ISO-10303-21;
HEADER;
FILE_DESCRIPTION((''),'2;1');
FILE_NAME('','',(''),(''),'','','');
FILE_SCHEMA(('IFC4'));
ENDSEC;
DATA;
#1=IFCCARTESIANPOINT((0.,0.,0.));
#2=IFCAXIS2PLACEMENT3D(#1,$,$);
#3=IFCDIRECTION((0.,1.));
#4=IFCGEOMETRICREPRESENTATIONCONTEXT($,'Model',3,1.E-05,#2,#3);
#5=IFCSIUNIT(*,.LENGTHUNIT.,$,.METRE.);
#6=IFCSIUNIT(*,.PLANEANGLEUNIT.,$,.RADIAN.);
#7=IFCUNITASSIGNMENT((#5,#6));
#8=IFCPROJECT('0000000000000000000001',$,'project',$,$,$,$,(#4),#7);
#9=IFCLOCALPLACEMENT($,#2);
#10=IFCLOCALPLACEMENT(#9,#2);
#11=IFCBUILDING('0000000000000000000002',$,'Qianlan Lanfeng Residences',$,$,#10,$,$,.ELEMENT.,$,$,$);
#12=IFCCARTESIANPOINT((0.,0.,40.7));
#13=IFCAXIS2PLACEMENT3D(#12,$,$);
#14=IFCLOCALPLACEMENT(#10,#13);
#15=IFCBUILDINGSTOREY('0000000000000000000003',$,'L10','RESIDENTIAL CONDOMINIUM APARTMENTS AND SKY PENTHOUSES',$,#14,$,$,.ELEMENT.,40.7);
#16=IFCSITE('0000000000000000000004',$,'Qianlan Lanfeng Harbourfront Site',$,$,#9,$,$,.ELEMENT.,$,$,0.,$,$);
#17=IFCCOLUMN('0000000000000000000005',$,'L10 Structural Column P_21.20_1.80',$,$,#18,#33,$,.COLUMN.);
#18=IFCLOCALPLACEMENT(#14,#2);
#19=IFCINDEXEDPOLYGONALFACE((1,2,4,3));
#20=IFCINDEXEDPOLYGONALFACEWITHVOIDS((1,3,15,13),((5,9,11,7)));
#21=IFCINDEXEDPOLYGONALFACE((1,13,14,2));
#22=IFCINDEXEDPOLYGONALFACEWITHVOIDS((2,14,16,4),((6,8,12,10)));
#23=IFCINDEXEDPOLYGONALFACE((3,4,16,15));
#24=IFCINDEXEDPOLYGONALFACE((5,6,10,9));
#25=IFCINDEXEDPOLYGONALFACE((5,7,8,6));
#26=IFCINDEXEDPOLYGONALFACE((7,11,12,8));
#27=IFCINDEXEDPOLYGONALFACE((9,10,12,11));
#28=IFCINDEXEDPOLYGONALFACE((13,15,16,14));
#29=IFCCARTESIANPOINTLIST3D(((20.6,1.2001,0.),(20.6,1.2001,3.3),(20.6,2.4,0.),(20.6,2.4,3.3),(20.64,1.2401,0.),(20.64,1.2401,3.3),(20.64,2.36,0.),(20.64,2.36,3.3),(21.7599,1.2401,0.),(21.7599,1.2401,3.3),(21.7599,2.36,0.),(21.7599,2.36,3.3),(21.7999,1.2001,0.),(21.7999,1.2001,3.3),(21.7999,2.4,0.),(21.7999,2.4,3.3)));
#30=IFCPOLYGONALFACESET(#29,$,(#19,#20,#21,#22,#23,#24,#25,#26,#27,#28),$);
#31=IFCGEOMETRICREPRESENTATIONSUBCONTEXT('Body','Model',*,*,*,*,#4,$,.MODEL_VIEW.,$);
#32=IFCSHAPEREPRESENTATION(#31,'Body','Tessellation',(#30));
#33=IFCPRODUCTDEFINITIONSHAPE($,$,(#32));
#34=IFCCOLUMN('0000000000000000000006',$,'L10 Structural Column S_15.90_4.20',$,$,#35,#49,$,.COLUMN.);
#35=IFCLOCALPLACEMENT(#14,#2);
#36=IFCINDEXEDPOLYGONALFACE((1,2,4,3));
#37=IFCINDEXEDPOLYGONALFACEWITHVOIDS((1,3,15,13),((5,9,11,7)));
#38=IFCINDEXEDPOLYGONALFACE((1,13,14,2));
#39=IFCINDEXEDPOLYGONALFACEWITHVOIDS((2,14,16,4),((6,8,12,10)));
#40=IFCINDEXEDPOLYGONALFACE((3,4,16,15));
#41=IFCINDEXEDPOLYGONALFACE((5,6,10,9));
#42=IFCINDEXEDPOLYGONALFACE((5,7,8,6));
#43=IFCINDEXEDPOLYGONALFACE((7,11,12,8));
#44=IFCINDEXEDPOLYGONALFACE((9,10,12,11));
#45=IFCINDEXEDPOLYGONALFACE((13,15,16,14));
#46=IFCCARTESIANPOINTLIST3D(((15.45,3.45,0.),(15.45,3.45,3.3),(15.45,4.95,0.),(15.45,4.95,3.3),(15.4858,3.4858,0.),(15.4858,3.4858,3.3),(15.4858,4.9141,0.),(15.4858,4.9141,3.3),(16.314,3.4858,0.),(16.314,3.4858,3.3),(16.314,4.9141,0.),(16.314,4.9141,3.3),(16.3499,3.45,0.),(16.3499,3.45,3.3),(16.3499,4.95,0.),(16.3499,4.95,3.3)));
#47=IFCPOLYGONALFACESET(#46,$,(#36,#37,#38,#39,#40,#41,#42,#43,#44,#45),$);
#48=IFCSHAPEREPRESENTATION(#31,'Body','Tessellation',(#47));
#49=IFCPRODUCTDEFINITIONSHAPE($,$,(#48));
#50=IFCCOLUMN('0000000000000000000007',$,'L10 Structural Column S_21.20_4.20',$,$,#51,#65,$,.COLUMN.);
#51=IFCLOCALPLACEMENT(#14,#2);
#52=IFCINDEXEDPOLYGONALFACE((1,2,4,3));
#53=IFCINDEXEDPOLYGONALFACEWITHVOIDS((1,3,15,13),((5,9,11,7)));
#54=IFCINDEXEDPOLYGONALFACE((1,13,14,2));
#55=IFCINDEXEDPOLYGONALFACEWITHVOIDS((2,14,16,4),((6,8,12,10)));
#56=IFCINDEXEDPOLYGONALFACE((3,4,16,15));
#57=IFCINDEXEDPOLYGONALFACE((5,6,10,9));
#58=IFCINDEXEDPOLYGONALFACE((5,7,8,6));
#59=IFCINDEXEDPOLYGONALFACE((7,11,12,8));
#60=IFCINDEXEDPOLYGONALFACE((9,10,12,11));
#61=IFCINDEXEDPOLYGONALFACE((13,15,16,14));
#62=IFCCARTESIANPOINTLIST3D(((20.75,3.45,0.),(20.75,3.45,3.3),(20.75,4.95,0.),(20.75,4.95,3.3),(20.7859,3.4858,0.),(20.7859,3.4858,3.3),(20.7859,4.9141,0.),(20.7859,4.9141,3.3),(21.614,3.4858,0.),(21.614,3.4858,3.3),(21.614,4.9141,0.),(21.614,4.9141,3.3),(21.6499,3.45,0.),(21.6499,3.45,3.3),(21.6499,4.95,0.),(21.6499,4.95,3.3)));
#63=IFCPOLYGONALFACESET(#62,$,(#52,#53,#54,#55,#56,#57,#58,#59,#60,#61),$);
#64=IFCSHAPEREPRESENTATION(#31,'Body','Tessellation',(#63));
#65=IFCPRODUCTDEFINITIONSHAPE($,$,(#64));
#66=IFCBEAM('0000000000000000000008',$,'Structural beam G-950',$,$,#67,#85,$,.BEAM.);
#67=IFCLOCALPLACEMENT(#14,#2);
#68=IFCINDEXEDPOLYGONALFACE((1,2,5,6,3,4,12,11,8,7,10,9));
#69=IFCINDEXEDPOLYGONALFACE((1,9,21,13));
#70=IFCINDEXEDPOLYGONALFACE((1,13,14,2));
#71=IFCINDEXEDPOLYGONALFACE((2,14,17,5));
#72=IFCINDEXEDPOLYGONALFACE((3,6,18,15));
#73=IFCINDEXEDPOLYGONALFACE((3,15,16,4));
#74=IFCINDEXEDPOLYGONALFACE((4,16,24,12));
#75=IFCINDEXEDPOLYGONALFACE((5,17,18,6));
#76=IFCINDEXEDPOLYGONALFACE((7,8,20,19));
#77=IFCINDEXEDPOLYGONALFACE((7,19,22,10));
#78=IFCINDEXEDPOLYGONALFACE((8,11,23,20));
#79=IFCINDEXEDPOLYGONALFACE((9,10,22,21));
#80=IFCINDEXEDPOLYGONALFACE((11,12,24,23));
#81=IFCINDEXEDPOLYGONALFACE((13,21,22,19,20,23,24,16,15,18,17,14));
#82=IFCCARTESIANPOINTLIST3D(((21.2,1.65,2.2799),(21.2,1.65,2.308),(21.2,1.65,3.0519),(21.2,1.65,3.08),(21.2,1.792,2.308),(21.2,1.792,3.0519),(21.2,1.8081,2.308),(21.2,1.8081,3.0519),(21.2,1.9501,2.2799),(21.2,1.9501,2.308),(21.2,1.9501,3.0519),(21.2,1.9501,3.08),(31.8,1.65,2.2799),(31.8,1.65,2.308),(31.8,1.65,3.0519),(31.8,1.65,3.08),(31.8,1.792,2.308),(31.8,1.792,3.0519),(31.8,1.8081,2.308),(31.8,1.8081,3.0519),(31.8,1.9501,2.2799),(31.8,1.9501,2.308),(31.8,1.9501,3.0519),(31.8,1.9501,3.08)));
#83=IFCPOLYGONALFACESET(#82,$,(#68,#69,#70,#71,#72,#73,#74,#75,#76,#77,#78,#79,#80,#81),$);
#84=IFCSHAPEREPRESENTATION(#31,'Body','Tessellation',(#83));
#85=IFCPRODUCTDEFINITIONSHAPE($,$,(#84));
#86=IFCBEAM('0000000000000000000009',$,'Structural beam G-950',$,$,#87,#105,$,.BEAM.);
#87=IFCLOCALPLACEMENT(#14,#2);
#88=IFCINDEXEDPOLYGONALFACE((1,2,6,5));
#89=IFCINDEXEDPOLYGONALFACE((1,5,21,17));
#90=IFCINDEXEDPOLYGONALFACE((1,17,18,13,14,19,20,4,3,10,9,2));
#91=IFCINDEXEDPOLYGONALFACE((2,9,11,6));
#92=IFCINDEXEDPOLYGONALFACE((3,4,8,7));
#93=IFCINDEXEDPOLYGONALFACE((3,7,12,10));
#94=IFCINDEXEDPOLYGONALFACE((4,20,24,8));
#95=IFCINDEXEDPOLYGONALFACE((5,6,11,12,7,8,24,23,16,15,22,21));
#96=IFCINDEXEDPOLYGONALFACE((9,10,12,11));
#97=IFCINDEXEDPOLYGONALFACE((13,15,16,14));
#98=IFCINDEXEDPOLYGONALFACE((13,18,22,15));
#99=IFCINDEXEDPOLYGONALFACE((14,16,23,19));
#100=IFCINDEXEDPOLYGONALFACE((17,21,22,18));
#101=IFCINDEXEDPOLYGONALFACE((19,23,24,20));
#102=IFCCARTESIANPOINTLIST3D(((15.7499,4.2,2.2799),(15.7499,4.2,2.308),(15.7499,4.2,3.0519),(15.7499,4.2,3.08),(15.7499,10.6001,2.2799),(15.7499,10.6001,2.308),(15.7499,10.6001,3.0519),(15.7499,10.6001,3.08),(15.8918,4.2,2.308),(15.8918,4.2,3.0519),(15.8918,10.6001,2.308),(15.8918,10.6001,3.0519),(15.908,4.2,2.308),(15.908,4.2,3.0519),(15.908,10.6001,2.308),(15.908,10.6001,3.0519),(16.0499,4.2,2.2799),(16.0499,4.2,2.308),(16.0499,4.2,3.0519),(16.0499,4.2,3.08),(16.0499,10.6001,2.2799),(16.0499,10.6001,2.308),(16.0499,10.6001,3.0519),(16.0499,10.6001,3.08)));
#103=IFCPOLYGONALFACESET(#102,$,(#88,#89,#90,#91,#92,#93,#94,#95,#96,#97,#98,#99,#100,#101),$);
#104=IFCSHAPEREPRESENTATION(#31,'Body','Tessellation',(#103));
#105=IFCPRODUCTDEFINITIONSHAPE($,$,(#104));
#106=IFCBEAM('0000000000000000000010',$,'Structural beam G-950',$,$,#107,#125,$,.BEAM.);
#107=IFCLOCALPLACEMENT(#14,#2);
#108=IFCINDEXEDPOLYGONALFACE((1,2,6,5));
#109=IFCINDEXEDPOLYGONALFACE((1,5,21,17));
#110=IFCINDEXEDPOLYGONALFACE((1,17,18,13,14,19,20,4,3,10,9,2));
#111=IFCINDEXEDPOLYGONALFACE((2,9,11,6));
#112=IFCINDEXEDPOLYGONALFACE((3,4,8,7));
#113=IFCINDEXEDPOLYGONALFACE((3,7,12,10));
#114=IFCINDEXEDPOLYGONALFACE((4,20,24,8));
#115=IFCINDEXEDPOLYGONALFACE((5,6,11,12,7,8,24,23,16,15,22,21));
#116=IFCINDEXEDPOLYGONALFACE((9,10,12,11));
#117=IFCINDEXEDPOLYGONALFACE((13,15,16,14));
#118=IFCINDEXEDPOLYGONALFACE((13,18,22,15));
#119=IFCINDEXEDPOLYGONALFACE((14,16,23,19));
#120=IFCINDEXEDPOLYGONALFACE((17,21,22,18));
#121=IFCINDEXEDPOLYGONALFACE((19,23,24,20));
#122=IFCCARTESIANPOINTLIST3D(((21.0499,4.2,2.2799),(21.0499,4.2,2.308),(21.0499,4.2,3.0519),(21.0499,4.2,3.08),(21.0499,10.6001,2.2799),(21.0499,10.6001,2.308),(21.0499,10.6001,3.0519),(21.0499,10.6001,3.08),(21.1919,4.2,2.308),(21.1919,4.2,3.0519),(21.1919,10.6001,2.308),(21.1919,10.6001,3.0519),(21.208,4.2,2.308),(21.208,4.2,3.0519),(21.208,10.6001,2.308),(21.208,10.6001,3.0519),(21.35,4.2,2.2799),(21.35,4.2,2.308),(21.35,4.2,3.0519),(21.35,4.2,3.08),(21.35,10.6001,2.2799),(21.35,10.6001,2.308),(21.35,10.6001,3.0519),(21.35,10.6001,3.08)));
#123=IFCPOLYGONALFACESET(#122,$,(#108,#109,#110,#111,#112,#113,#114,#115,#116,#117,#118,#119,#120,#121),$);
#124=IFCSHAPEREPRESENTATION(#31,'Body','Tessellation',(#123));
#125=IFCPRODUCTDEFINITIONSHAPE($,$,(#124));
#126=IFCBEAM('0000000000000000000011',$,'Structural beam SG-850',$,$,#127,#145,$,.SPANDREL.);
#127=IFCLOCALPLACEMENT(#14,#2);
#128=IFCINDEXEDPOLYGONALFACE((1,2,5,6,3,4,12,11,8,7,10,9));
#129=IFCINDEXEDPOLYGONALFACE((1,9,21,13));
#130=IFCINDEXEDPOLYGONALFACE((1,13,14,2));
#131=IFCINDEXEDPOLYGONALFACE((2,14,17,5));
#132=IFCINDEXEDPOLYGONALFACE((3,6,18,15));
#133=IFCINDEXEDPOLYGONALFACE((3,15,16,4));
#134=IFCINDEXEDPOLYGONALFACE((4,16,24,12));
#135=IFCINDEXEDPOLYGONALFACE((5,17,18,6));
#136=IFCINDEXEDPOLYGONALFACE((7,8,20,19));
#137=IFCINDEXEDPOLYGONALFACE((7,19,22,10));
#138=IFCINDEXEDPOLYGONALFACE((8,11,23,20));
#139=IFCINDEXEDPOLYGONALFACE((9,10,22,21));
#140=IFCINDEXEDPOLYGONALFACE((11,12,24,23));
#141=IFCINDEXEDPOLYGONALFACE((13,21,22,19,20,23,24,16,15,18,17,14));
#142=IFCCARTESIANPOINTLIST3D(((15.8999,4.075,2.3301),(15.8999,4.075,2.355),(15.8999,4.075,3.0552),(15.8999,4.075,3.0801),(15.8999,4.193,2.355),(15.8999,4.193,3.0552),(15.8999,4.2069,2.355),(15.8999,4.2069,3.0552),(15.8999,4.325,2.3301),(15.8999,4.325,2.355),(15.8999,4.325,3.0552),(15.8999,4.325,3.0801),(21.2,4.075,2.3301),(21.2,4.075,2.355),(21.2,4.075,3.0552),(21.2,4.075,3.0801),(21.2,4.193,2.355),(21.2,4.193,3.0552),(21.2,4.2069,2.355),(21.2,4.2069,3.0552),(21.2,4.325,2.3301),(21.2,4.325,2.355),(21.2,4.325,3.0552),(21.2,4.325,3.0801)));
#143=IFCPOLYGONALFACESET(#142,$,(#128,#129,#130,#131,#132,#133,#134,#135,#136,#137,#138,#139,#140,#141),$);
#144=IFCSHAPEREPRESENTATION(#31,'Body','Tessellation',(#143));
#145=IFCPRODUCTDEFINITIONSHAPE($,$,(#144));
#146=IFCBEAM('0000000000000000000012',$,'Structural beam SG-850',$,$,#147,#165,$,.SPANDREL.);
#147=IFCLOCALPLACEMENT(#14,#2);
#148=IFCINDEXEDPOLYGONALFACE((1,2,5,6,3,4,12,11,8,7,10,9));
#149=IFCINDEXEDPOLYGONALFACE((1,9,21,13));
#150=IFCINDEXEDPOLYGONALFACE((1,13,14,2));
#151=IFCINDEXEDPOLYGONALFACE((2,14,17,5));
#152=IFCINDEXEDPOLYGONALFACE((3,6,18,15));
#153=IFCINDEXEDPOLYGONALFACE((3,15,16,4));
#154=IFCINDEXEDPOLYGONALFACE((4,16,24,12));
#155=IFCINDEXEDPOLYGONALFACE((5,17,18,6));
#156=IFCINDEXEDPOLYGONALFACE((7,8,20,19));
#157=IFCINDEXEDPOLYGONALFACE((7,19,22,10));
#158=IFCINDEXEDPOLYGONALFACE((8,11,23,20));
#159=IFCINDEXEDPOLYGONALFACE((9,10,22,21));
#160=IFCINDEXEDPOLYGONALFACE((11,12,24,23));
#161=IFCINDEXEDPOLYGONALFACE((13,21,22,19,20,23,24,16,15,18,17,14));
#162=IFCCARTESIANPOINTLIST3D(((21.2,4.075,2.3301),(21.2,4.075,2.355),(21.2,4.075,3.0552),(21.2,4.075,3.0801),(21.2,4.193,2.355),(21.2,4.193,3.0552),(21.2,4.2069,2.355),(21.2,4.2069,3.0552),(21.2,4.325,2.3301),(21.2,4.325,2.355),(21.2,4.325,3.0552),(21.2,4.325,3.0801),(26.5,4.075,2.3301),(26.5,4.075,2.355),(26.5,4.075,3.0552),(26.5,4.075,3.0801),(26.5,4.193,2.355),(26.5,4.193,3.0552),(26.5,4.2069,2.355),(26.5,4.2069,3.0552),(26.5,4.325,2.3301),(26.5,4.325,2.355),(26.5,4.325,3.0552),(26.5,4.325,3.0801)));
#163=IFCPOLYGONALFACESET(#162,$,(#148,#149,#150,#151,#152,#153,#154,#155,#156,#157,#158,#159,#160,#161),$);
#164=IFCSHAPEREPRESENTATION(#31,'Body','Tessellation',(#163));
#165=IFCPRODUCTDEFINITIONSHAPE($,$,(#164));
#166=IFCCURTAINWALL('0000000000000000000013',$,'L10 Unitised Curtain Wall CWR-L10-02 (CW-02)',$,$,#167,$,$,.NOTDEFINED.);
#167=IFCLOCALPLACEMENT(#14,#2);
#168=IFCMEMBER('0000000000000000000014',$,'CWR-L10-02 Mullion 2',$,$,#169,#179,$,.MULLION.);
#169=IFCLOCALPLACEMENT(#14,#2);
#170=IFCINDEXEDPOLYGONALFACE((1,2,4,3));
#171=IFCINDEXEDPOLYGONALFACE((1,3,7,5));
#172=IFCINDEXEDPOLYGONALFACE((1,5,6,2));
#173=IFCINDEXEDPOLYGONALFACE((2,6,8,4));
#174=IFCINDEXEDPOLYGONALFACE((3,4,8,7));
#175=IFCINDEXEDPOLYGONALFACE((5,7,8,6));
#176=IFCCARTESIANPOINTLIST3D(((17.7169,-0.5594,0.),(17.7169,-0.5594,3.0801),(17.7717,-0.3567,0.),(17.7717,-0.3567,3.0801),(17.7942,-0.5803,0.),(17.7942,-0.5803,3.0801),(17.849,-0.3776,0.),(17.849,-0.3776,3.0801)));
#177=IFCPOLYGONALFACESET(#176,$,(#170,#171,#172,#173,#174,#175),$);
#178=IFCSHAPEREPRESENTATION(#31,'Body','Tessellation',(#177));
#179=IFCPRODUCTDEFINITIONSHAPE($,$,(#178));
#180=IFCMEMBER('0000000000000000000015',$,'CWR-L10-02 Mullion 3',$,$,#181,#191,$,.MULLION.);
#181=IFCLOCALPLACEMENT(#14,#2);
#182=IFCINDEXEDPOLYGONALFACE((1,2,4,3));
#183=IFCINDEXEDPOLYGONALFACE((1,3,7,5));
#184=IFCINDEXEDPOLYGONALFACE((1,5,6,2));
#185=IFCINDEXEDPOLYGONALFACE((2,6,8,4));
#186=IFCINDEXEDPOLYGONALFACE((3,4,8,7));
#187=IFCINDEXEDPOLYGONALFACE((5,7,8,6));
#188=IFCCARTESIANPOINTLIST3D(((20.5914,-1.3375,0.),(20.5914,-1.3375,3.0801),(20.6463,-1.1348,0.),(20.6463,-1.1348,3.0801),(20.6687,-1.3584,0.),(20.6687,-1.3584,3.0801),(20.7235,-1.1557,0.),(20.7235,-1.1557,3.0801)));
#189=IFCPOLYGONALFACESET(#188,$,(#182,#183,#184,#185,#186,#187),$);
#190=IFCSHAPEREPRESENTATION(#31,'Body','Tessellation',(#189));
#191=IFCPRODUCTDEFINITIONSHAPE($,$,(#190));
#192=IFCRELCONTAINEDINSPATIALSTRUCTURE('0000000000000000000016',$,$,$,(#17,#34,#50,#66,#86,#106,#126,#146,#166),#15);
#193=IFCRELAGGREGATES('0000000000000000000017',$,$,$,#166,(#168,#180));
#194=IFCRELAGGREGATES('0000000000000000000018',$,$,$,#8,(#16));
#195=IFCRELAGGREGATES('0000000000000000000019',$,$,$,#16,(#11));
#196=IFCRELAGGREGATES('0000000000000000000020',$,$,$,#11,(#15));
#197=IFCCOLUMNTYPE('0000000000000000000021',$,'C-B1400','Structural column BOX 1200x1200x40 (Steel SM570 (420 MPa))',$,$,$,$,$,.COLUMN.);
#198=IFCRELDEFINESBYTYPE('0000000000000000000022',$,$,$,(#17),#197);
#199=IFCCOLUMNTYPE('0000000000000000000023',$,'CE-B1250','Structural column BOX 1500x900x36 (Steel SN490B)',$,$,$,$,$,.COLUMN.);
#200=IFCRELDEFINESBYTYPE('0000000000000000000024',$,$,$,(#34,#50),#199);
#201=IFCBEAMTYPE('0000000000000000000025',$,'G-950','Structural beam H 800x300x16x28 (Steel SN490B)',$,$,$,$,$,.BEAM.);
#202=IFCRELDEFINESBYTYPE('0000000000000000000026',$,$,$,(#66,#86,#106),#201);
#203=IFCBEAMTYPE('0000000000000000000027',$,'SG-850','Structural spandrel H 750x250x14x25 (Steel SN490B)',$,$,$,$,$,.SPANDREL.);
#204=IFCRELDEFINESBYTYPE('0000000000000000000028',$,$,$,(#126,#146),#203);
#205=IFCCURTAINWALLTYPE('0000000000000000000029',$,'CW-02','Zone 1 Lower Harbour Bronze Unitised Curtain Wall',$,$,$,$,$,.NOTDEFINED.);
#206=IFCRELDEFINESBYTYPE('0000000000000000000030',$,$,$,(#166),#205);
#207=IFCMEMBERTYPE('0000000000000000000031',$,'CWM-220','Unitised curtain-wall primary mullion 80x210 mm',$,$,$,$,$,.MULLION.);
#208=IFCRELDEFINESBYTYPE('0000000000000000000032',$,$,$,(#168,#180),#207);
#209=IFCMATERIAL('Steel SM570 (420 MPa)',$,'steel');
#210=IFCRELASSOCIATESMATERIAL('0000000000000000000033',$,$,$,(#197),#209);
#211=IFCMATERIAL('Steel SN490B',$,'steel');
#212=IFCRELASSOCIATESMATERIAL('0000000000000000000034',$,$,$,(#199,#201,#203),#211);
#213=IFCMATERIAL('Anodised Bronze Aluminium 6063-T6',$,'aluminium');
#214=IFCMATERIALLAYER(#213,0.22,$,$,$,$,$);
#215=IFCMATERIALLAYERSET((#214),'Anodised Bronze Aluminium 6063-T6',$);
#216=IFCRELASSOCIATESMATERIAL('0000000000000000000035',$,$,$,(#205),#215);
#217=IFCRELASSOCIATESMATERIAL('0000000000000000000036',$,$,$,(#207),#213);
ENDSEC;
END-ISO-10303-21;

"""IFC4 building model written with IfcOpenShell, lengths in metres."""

from ifc_helpers import new_model, si_unit, direction, frame, origin, origin_2d, place, context, subcontext, project, spatial, rectangle, hollow_rectangle, i_section, extrude, source, transform, mapped, material, layer, layer_set, material_profile, profile_set, type_object, element, aggregate, save


model = new_model("IFC4")

# Units and contexts
model_context = context("Model", 3, precision=1e-05, world=origin(), true_north=direction((0.0, 1.0)))
body_context = subcontext(model_context, "Body", "Model", "MODEL_VIEW")
ifc_project = project(units=[si_unit("LENGTHUNIT", "METRE"), si_unit("PLANEANGLEUNIT", "RADIAN")], contexts=[model_context])

# Site, building, storey
site_placement = place(None, origin())
site = spatial("IfcSite", under=ifc_project, at=site_placement, Name="Qianlan Lanfeng Harbourfront Site", CompositionType="ELEMENT", RefElevation=0.0)
building_placement = place(site_placement, origin())
building = spatial("IfcBuilding", under=site, at=building_placement, Name="Qianlan Lanfeng Residences", CompositionType="ELEMENT")
storey_placement = place(building_placement, frame((0.0, 0.0, 40.7)))
storey = spatial("IfcBuildingStorey", under=building, at=storey_placement, Name="L10", Description="RESIDENTIAL CONDOMINIUM APARTMENTS AND SKY PENTHOUSES", CompositionType="ELEMENT", Elevation=40.7)

# Columns
ifc_material_1 = material(Name="Steel SM570 (420 MPa)", Category="steel")
ifc_material_profile_1 = material_profile(ifc_material_1, hollow_rectangle(XDim=1.2, YDim=1.2, WallThickness=0.04, at=origin_2d()), Name="BOX 1200x1200x40")
ifc_profile_set_1 = profile_set([ifc_material_profile_1], Name="Steel SM570 (420 MPa)")
column_type_1 = type_object("IfcColumnType", Name="C-B1400", Description="Structural column BOX 1200x1200x40 (Steel SM570 (420 MPa))", PredefinedType="COLUMN", material=ifc_profile_set_1)
column_placement = place(storey_placement, frame((21.2, 1.8, 0.0), z_axis=(0.0, 0.0, 1.0), x_axis=(1.0, 0.0, 0.0)))
element("IfcColumn", 1, at=column_placement, inside=storey, type_object=column_type_1, Name="L10 Structural Column P_21.20_1.80", PredefinedType="COLUMN", context=body_context, shape_type="SweptSolid", body=[
    extrude(hollow_rectangle(XDim=1.2, YDim=1.2, WallThickness=0.04, at=origin_2d()), origin(), (0.0, 0.0, 1.0), 3.3),
])
ifc_material_2 = material(Name="Steel SN490B", Category="steel")
ifc_material_profile_2 = material_profile(ifc_material_2, hollow_rectangle(XDim=0.8999, YDim=1.5, WallThickness=0.0359, at=origin_2d()), Name="BOX 1500x900x36")
ifc_profile_set_2 = profile_set([ifc_material_profile_2], Name="Steel SN490B")
column_type_2 = type_object("IfcColumnType", Name="CE-B1250", Description="Structural column BOX 1500x900x36 (Steel SN490B)", PredefinedType="COLUMN", material=ifc_profile_set_2)
for number, where, z_axis, x_axis, name in (
    (2, (15.8999, 4.2, 0.0), (0.0, 0.0, 1.0), (1.0, 0.0, 0.0), "L10 Structural Column S_15.90_4.20"),
    (3, (21.2, 4.2, 0.0), (0.0, 0.0, 1.0), (1.0, 0.0, 0.0), "L10 Structural Column S_21.20_4.20"),
):
    element("IfcColumn", number, at=place(storey_placement, frame(where, z_axis=z_axis, x_axis=x_axis)), inside=storey, type_object=column_type_2, Name=name, PredefinedType="COLUMN", context=body_context, shape_type="SweptSolid", body=[
        extrude(hollow_rectangle(XDim=0.8999, YDim=1.5, WallThickness=0.0359, at=origin_2d()), origin(), (0.0, 0.0, 1.0), 3.3),
    ])

# Beams
ifc_material_profile_3 = material_profile(ifc_material_2, i_section(OverallWidth=0.3, OverallDepth=0.8, WebThickness=0.0161, FlangeThickness=0.0281, at=origin_2d()), Name="H 800x300x16x28")
ifc_profile_set_3 = profile_set([ifc_material_profile_3], Name="Steel SN490B")
beam_type_1 = type_object("IfcBeamType", Name="G-950", Description="Structural beam H 800x300x16x28 (Steel SN490B)", PredefinedType="BEAM", material=ifc_profile_set_3)
beam_placement = place(storey_placement, frame((21.2, 1.8, 2.6799), z_axis=(1.0, 0.0, 0.0), x_axis=(0.0, 1.0, 0.0)))
element("IfcBeam", 4, at=beam_placement, inside=storey, type_object=beam_type_1, Name="Structural beam G-950", PredefinedType="BEAM", context=body_context, shape_type="SweptSolid", body=[
    extrude(i_section(OverallWidth=0.3, OverallDepth=0.8, WebThickness=0.0161, FlangeThickness=0.0281, at=origin_2d()), origin(), (0.0, 0.0, 1.0), 10.6001),
])
for number, where, z_axis, x_axis, name in (
    (5, (15.8999, 4.2, 2.6799), (0.0, 1.0, 0.0), (-1.0, 0.0, 0.0), "Structural beam G-950"),
    (6, (21.2, 4.2, 2.6799), (0.0, 1.0, 0.0), (-1.0, 0.0, 0.0), "Structural beam G-950"),
):
    element("IfcBeam", number, at=place(storey_placement, frame(where, z_axis=z_axis, x_axis=x_axis)), inside=storey, type_object=beam_type_1, Name=name, PredefinedType="BEAM", context=body_context, shape_type="SweptSolid", body=[
        extrude(i_section(OverallWidth=0.3, OverallDepth=0.8, WebThickness=0.0161, FlangeThickness=0.0281, at=origin_2d()), origin(), (0.0, 0.0, 1.0), 6.4001),
    ])
ifc_material_profile_4 = material_profile(ifc_material_2, i_section(OverallWidth=0.25, OverallDepth=0.75, WebThickness=0.0139, FlangeThickness=0.0249, at=origin_2d()), Name="H 750x250x14x25")
ifc_profile_set_4 = profile_set([ifc_material_profile_4], Name="Steel SN490B")
beam_type_2 = type_object("IfcBeamType", Name="SG-850", Description="Structural spandrel H 750x250x14x25 (Steel SN490B)", PredefinedType="SPANDREL", material=ifc_profile_set_4)
for number, where, z_axis, x_axis, name in (
    (7, (15.8999, 4.2, 2.7051), (1.0, 0.0, 0.0), (0.0, 1.0, 0.0), "Structural beam SG-850"),
    (8, (21.2, 4.2, 2.7051), (1.0, 0.0, 0.0), (0.0, 1.0, 0.0), "Structural beam SG-850"),
):
    element("IfcBeam", number, at=place(storey_placement, frame(where, z_axis=z_axis, x_axis=x_axis)), inside=storey, type_object=beam_type_2, Name=name, PredefinedType="SPANDREL", context=body_context, shape_type="SweptSolid", body=[
        extrude(i_section(OverallWidth=0.25, OverallDepth=0.75, WebThickness=0.0139, FlangeThickness=0.0249, at=origin_2d()), origin(), (0.0, 0.0, 1.0), 5.3),
    ])

# Curtain wall, members
ifc_material_3 = material(Name="Anodised Bronze Aluminium 6063-T6", Category="aluminium")
ifc_layer_1 = layer(ifc_material_3, 0.22)
ifc_layer_set_1 = layer_set([ifc_layer_1], Name="Anodised Bronze Aluminium 6063-T6")
curtain_wall_type = type_object("IfcCurtainWallType", Name="CW-02", Description="Zone 1 Lower Harbour Bronze Unitised Curtain Wall", PredefinedType="NOTDEFINED", material=ifc_layer_set_1)
curtain_wall_1_placement = place(storey_placement, origin())
curtain_wall_1 = element("IfcCurtainWall", 9, at=curtain_wall_1_placement, inside=storey, type_object=curtain_wall_type, Name="L10 Unitised Curtain Wall CWR-L10-02 (CW-02)", PredefinedType="NOTDEFINED")
ifc_material_profile_5 = material_profile(ifc_material_3, rectangle(XDim=0.0801, YDim=0.21, at=origin_2d()), Name="ALU MULLION 80x210")
ifc_profile_set_5 = profile_set([ifc_material_profile_5], Name="Anodised Bronze Aluminium 6063-T6")
member_type_1 = type_object("IfcMemberType", Name="CWM-220", Description="Unitised curtain-wall primary mullion 80x210 mm", PredefinedType="MULLION", material=ifc_profile_set_5)
shared_shape_1 = source(origin(), body_context, "Body", "SweptSolid", [
    extrude(rectangle(XDim=0.0801, YDim=0.21, at=origin_2d()), origin(), (0.0, 0.0, 1.0), 3.0801),
])
member_1_placement = place(storey_placement, frame((17.783, -0.4685, 0.0), z_axis=(0.0, 0.0, 1.0), x_axis=(0.965263, -0.261281, 0.0)))
member_1 = element("IfcMember", 10, at=member_1_placement, type_object=member_type_1, Name="CWR-L10-02 Mullion 2", PredefinedType="MULLION", context=body_context, shape_type="MappedRepresentation", body=[
    mapped(shared_shape_1, transform((0.0, 0.0, 0.0), scale=1.0)),
])
member_2_placement = place(storey_placement, frame((20.6575, -1.2466, 0.0), z_axis=(0.0, 0.0, 1.0), x_axis=(0.965263, -0.261281, 0.0)))
member_2 = element("IfcMember", 11, at=member_2_placement, type_object=member_type_1, Name="CWR-L10-02 Mullion 3", PredefinedType="MULLION", context=body_context, shape_type="MappedRepresentation", body=[
    mapped(shared_shape_1, transform((0.0, 0.0, 0.0), scale=1.0)),
])

aggregate(curtain_wall_1, [member_1, member_2])

save(model, "model.ifc")
